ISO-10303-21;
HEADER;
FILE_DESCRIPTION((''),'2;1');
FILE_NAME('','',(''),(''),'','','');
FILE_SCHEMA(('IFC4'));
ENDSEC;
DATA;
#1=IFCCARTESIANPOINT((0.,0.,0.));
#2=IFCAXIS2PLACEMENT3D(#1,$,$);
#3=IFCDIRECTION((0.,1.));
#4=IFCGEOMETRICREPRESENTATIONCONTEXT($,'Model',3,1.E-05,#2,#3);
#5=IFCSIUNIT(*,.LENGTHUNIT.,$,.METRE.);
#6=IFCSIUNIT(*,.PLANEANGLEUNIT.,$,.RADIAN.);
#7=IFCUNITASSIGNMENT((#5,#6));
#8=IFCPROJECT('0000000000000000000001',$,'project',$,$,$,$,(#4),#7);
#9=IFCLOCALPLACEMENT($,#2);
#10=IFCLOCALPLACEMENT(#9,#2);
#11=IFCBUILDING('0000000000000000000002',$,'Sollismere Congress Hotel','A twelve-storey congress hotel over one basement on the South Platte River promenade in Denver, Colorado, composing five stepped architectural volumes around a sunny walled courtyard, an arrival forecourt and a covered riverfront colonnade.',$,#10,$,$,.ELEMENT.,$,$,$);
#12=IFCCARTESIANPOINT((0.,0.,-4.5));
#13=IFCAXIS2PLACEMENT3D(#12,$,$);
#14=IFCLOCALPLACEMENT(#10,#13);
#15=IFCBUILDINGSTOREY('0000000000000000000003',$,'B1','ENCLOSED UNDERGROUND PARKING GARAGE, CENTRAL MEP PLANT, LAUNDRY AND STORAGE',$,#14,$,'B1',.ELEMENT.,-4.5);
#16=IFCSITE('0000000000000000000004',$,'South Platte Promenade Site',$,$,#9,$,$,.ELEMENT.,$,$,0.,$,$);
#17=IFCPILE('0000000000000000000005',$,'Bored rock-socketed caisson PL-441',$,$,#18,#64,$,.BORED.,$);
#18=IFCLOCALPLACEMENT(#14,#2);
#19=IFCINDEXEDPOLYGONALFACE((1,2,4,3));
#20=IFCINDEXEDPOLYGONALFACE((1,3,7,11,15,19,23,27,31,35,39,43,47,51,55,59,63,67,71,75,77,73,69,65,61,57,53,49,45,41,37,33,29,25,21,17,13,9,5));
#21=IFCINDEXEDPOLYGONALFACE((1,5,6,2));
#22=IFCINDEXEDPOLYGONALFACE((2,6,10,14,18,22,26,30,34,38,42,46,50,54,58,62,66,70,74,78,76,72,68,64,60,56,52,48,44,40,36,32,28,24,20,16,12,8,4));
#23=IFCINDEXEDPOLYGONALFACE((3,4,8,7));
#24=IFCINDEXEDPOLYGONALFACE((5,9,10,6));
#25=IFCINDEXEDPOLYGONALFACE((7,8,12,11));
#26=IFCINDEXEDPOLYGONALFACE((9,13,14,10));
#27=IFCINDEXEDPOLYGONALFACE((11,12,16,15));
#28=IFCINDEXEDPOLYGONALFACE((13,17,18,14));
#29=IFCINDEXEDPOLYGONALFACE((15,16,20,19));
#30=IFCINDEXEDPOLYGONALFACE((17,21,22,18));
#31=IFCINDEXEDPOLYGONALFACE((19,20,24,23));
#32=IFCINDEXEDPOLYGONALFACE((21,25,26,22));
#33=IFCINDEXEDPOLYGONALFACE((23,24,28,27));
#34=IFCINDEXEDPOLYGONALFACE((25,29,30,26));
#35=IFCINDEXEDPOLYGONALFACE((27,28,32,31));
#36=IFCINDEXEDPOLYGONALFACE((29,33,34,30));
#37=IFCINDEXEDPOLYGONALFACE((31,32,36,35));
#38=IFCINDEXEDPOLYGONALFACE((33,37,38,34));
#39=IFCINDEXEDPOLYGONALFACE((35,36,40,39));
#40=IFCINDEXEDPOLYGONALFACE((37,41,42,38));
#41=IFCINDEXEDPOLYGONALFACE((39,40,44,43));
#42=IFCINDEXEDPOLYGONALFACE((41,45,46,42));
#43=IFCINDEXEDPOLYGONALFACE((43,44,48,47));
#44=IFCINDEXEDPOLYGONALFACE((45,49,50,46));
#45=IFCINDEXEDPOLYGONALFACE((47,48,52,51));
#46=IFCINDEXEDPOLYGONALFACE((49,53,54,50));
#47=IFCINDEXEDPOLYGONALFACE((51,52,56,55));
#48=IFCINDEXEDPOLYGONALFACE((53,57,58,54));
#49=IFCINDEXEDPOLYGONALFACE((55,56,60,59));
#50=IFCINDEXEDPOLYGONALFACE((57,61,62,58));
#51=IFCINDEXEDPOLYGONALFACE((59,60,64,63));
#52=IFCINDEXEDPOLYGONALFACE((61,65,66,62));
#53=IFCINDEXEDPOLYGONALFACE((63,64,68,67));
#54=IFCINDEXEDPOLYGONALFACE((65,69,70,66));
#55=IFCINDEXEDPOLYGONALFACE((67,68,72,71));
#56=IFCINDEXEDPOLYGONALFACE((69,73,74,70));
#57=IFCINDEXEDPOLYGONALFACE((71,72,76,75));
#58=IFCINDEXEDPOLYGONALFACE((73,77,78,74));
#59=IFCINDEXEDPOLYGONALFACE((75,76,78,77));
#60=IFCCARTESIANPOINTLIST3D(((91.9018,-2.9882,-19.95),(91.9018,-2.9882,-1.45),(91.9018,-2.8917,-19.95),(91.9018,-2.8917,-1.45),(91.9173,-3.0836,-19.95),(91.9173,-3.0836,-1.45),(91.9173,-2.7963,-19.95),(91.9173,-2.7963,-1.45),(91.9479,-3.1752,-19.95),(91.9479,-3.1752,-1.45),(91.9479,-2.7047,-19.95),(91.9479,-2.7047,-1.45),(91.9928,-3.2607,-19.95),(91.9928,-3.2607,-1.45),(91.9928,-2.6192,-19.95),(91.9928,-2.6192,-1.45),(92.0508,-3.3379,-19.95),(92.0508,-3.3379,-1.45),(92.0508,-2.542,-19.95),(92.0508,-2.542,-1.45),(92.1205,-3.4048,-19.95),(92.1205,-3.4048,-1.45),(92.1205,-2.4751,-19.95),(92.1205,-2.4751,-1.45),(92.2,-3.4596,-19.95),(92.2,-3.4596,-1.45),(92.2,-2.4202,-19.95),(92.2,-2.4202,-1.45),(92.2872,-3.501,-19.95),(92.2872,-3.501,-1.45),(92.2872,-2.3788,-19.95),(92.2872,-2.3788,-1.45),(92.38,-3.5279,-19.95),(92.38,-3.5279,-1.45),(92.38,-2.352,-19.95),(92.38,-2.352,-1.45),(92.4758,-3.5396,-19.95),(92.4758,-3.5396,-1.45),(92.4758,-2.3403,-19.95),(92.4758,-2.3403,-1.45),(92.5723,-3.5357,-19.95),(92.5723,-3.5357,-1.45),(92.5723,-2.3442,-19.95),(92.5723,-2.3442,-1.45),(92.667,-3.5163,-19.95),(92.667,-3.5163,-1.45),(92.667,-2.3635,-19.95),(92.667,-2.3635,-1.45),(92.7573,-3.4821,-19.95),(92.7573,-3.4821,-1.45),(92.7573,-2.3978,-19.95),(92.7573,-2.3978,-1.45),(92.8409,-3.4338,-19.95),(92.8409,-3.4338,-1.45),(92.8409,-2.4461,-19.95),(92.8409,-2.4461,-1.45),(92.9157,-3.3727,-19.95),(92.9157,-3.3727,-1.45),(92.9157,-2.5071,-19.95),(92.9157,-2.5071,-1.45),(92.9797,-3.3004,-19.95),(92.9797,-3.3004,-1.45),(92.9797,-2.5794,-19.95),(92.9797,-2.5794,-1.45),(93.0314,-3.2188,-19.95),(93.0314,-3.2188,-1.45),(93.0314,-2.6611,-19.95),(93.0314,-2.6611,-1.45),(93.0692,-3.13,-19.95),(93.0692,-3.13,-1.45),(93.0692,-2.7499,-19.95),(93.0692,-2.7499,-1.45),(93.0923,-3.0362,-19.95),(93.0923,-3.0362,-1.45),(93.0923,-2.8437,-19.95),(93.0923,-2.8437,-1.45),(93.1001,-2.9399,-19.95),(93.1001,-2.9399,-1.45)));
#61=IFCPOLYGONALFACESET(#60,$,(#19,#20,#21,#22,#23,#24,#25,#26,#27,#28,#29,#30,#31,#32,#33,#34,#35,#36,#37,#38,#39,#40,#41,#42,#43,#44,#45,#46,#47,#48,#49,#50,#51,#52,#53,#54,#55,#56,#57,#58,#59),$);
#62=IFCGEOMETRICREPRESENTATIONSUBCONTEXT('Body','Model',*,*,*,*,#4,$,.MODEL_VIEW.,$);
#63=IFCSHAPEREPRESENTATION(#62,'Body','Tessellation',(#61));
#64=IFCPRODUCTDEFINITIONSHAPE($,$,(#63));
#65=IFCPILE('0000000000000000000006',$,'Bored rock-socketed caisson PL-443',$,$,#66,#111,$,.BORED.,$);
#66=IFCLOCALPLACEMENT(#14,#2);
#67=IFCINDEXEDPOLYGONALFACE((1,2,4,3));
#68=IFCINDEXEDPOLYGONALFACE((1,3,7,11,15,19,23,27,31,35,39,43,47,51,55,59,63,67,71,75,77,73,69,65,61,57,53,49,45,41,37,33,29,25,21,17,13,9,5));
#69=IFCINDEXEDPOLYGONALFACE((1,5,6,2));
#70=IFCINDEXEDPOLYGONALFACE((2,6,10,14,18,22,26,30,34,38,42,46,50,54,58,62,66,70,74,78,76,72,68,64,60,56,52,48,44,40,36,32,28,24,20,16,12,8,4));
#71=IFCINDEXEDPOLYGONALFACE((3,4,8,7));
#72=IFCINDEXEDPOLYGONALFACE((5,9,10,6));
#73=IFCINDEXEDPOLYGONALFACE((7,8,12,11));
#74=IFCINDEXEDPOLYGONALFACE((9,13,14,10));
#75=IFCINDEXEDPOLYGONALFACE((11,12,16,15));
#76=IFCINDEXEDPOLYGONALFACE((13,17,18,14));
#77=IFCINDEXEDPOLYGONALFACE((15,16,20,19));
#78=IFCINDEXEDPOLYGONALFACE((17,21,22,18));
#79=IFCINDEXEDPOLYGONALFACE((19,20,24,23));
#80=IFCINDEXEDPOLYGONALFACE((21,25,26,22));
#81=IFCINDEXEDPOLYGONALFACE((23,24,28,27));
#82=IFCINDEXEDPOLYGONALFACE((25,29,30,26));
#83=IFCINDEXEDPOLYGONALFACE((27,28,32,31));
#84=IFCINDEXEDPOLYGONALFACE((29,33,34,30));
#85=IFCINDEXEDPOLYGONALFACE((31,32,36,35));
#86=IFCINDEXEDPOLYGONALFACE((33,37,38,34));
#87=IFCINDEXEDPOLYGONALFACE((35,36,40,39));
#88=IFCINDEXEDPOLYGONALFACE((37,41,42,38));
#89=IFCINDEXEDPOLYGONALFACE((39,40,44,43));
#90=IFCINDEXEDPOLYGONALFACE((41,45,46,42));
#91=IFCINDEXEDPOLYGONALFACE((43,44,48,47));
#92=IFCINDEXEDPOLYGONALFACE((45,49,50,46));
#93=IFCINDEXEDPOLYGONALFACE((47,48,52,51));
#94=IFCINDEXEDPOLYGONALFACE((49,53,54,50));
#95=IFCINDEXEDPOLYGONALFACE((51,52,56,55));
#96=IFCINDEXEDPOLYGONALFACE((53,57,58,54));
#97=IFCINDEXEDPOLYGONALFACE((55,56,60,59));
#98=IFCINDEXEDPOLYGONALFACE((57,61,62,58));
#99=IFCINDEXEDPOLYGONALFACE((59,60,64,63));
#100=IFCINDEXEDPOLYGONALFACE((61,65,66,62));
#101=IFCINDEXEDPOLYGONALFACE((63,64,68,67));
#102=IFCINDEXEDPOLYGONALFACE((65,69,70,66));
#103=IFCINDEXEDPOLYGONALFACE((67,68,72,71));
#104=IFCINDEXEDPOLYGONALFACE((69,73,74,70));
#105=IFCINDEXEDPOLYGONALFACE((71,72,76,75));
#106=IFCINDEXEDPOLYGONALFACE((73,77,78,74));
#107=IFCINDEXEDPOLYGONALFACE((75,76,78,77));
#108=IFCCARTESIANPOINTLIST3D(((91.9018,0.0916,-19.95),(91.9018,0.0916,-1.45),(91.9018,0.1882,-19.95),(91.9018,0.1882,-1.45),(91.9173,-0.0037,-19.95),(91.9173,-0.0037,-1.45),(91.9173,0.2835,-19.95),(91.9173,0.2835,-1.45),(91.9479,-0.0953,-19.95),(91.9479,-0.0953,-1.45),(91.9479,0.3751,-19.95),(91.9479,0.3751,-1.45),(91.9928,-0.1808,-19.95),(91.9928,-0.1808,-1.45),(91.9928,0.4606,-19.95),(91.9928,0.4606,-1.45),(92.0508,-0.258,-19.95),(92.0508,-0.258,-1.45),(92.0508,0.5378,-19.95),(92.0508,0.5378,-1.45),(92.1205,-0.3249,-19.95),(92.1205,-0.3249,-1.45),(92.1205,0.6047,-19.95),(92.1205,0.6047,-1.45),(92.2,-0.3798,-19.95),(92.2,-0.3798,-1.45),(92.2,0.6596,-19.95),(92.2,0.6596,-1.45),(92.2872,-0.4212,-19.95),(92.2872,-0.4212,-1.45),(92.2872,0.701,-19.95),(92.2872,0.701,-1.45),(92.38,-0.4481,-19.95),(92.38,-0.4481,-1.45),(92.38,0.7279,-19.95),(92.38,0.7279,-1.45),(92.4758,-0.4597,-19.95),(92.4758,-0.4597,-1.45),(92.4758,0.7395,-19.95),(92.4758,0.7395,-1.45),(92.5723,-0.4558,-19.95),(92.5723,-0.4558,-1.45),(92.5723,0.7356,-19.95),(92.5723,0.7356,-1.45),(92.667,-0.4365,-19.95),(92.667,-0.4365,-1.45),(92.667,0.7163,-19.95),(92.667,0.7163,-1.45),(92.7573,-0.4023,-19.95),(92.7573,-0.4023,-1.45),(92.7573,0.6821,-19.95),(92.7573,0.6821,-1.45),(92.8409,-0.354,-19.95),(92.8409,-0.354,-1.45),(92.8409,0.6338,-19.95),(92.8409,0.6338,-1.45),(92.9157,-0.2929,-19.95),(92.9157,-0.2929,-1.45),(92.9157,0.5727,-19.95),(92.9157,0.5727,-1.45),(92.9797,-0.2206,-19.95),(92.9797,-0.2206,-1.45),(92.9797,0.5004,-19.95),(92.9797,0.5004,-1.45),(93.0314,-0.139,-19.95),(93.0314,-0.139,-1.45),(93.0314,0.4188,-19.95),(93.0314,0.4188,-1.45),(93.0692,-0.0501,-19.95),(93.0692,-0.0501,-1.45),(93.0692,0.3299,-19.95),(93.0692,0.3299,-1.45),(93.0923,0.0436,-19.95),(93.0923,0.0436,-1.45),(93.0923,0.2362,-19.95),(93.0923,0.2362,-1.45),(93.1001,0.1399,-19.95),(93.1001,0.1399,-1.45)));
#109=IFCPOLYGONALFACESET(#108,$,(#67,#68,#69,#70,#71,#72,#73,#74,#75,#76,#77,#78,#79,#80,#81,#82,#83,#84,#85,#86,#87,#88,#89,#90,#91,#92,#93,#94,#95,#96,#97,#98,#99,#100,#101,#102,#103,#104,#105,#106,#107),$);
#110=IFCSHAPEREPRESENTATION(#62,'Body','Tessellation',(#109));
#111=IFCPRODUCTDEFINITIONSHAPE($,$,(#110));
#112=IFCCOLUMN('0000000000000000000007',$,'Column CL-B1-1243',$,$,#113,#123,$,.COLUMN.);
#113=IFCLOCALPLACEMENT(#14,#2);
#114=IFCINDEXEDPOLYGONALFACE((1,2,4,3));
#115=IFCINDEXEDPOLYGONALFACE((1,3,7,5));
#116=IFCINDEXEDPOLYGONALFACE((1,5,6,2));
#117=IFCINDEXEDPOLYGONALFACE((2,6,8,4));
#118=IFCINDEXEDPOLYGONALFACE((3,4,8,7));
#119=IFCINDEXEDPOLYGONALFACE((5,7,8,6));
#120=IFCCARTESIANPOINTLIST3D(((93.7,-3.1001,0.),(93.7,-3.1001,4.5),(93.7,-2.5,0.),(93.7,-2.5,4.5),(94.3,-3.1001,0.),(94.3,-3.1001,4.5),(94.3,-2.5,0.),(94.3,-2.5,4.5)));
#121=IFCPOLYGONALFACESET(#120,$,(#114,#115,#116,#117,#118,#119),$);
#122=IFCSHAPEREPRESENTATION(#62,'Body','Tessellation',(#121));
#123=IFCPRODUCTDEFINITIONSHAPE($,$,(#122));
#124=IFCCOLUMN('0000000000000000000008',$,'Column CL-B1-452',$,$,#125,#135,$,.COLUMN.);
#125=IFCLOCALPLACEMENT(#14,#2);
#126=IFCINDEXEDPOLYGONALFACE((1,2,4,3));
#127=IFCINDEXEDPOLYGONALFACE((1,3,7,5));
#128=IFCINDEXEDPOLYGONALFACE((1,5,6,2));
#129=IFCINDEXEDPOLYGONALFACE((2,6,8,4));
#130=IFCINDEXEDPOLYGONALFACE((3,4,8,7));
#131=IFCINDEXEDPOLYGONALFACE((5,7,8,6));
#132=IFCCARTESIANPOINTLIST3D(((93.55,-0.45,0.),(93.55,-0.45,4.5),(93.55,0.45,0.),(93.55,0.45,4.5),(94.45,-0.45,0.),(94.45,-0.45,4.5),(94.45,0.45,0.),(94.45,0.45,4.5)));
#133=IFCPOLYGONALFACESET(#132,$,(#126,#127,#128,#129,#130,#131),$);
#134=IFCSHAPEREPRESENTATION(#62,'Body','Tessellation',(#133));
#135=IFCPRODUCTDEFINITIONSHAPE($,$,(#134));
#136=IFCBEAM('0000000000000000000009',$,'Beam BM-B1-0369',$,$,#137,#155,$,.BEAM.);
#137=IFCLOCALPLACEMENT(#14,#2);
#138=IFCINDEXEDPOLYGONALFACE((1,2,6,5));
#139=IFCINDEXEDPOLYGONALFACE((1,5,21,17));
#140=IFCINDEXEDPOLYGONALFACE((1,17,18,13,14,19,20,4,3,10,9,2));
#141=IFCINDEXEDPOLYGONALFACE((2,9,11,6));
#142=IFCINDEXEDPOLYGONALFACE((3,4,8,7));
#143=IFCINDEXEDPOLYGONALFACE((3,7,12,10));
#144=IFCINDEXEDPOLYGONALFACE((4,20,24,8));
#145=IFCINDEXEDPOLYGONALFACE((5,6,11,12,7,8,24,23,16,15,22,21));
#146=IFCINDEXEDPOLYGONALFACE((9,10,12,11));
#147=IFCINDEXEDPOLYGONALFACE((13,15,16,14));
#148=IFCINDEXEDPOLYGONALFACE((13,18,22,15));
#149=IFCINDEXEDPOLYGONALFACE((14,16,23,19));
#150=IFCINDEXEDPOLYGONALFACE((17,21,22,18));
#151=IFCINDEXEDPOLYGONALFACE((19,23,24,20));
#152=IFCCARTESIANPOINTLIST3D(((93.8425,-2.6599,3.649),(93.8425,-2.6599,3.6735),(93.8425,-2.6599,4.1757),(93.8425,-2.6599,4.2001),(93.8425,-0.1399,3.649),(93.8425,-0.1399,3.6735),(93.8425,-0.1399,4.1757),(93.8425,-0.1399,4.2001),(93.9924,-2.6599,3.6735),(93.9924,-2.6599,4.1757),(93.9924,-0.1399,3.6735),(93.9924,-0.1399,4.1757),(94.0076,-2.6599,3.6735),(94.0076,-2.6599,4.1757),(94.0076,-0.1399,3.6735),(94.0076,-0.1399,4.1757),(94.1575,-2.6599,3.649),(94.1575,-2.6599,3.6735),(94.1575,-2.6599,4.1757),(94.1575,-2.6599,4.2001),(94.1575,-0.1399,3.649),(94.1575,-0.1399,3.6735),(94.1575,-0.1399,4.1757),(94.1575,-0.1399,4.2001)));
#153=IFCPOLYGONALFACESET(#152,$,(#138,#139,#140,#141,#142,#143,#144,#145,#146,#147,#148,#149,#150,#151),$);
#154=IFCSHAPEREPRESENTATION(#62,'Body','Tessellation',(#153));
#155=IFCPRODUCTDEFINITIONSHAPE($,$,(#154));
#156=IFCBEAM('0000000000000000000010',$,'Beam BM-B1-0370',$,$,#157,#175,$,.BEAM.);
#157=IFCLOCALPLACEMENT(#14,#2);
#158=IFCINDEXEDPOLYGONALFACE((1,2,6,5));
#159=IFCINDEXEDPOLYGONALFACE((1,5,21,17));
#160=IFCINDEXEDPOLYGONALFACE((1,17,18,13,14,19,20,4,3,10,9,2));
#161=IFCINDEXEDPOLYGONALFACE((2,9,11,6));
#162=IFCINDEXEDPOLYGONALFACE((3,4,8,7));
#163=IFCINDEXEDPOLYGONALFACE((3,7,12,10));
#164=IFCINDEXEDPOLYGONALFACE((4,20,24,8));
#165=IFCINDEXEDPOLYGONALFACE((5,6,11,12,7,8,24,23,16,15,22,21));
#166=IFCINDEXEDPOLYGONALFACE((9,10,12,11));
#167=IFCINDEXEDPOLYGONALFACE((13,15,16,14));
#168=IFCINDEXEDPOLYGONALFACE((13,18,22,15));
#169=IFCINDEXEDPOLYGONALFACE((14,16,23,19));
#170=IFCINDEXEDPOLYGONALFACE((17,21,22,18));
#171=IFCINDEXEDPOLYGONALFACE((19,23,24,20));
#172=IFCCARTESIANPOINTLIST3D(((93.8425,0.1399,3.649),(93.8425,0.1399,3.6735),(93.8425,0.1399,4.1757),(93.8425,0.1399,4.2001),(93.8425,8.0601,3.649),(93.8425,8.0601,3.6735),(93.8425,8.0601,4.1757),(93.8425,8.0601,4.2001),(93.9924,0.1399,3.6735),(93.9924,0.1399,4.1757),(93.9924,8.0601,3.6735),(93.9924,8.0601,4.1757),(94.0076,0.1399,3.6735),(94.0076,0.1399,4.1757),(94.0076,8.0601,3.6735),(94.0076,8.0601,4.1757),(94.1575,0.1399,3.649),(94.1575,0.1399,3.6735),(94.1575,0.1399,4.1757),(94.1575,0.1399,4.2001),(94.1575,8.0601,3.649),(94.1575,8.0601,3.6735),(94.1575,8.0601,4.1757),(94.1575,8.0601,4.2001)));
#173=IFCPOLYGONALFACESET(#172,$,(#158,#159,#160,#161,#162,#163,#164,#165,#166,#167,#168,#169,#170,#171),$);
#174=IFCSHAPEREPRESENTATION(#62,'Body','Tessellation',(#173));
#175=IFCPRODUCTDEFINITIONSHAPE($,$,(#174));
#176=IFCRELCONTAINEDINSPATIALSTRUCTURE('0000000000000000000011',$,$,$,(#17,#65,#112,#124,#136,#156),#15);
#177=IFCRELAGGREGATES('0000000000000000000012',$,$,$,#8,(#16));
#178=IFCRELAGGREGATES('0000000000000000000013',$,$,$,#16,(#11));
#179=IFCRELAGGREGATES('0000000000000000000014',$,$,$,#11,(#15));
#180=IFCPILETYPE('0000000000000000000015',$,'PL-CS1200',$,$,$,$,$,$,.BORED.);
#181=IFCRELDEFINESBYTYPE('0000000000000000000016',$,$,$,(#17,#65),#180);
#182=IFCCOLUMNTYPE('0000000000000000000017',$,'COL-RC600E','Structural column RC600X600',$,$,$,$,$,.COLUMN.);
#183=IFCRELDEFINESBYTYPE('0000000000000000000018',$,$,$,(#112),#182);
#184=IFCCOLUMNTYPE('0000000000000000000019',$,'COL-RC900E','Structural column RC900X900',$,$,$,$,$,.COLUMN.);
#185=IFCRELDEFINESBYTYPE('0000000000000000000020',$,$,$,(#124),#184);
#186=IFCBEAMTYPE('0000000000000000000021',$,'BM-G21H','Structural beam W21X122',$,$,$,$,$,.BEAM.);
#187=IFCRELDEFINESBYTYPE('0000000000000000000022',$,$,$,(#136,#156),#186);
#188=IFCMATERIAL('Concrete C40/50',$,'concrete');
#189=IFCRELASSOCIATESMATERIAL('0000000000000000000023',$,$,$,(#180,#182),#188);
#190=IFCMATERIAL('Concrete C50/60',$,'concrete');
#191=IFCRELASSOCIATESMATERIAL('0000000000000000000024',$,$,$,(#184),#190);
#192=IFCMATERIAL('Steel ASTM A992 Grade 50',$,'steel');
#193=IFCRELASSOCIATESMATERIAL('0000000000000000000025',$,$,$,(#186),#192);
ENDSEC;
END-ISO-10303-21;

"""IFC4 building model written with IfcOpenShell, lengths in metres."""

from ifc_helpers import new_model, si_unit, direction, frame, origin, origin_2d, place, context, subcontext, project, spatial, rectangle, circle, i_section, extrude, material, material_profile, profile_set, type_object, element, save


model = new_model("IFC4")

# Units and contexts
model_context = context("Model", 3, precision=1e-05, world=origin(), true_north=direction((0.0, 1.0)))
body_context = subcontext(model_context, "Body", "Model", "MODEL_VIEW")
ifc_project = project(units=[si_unit("LENGTHUNIT", "METRE"), si_unit("PLANEANGLEUNIT", "RADIAN")], contexts=[model_context])

# Site, building, storey
site_placement = place(None, origin())
site = spatial("IfcSite", under=ifc_project, at=site_placement, Name="South Platte Promenade Site", CompositionType="ELEMENT", RefElevation=0.0)
building_placement = place(site_placement, origin())
building = spatial("IfcBuilding", under=site, at=building_placement, Name="Sollismere Congress Hotel", Description="A twelve-storey congress hotel over one basement on the South Platte River promenade in Denver, Colorado, composing five stepped architectural volumes around a sunny walled courtyard, an arrival forecourt and a covered riverfront colonnade.", CompositionType="ELEMENT")
storey_placement = place(building_placement, frame((0.0, 0.0, -4.5)))
storey = spatial("IfcBuildingStorey", under=building, at=storey_placement, Name="B1", Description="ENCLOSED UNDERGROUND PARKING GARAGE, CENTRAL MEP PLANT, LAUNDRY AND STORAGE", LongName="B1", CompositionType="ELEMENT", Elevation=-4.5)

# Shared definitions
ifc_material_1 = material(Name="Concrete C40/50", Category="concrete")

# Piles
ifc_material_profile_1 = material_profile(ifc_material_1, circle(Radius=0.6001, at=origin_2d()), Name="CAISSON1200")
ifc_profile_set_1 = profile_set([ifc_material_profile_1], Name="Concrete C40/50")
pile_type = type_object("IfcPileType", Name="PL-CS1200", PredefinedType="BORED", material=ifc_profile_set_1)
for number, where, z_axis, x_axis, name in (
    (1, (92.5, -2.9399, -1.45), (0.0, 0.0, -1.0), (1.0, 0.0, 0.0), "Bored rock-socketed caisson PL-441"),
    (2, (92.5, 0.1399, -1.45), (0.0, 0.0, -1.0), (1.0, 0.0, 0.0), "Bored rock-socketed caisson PL-443"),
):
    element("IfcPile", number, at=place(storey_placement, frame(where, z_axis=z_axis, x_axis=x_axis)), inside=storey, type_object=pile_type, Name=name, PredefinedType="BORED", context=body_context, shape_type="SweptSolid", body=[
        extrude(circle(Radius=0.6001, at=origin_2d()), origin(), (0.0, 0.0, 1.0), 18.5),
    ])

# Columns
ifc_material_profile_2 = material_profile(ifc_material_1, rectangle(XDim=0.6001, YDim=0.6001, at=origin_2d()), Name="RC600X600")
ifc_profile_set_2 = profile_set([ifc_material_profile_2], Name="Concrete C40/50")
column_type_1 = type_object("IfcColumnType", Name="COL-RC600E", Description="Structural column RC600X600", PredefinedType="COLUMN", material=ifc_profile_set_2)
column_1_placement = place(storey_placement, frame((94.0, -2.8, 0.0), z_axis=(0.0, 0.0, 1.0), x_axis=(1.0, 0.0, 0.0)))
element("IfcColumn", 3, at=column_1_placement, inside=storey, type_object=column_type_1, Name="Column CL-B1-1243", PredefinedType="COLUMN", context=body_context, shape_type="SweptSolid", body=[
    extrude(rectangle(XDim=0.6001, YDim=0.6001, at=origin_2d()), origin(), (0.0, 0.0, 1.0), 4.5),
])
ifc_material_2 = material(Name="Concrete C50/60", Category="concrete")
ifc_material_profile_3 = material_profile(ifc_material_2, rectangle(XDim=0.8999, YDim=0.8999, at=origin_2d()), Name="RC900X900")
ifc_profile_set_3 = profile_set([ifc_material_profile_3], Name="Concrete C50/60")
column_type_2 = type_object("IfcColumnType", Name="COL-RC900E", Description="Structural column RC900X900", PredefinedType="COLUMN", material=ifc_profile_set_3)
column_2_placement = place(storey_placement, frame((94.0, 0.0, 0.0), z_axis=(0.0, 0.0, 1.0), x_axis=(0.0, 1.0, 0.0)))
element("IfcColumn", 4, at=column_2_placement, inside=storey, type_object=column_type_2, Name="Column CL-B1-452", PredefinedType="COLUMN", context=body_context, shape_type="SweptSolid", body=[
    extrude(rectangle(XDim=0.8999, YDim=0.8999, at=origin_2d()), origin(), (0.0, 0.0, 1.0), 4.5),
])

# Beams
ifc_material_3 = material(Name="Steel ASTM A992 Grade 50", Category="steel")
ifc_material_profile_4 = material_profile(ifc_material_3, i_section(OverallWidth=0.3149, OverallDepth=0.551, WebThickness=0.0151, FlangeThickness=0.0244, at=origin_2d()), Name="W21X122")
ifc_profile_set_4 = profile_set([ifc_material_profile_4], Name="Steel ASTM A992 Grade 50")
beam_type_1 = type_object("IfcBeamType", Name="BM-G21H", Description="Structural beam W21X122", PredefinedType="BEAM", material=ifc_profile_set_4)
beam_1_placement = place(storey_placement, frame((94.0, -2.6599, 3.9246), z_axis=(0.0, 1.0, 0.0), x_axis=(-1.0, 0.0, 0.0)))
element("IfcBeam", 5, at=beam_1_placement, inside=storey, type_object=beam_type_1, Name="Beam BM-B1-0369", PredefinedType="BEAM", context=body_context, shape_type="SweptSolid", body=[
    extrude(i_section(OverallWidth=0.3149, OverallDepth=0.551, WebThickness=0.0151, FlangeThickness=0.0244, at=origin_2d()), origin(), (0.0, 0.0, 1.0), 2.52),
])
beam_2_placement = place(storey_placement, frame((94.0, 0.1399, 3.9246), z_axis=(0.0, 1.0, 0.0), x_axis=(-1.0, 0.0, 0.0)))
element("IfcBeam", 6, at=beam_2_placement, inside=storey, type_object=beam_type_1, Name="Beam BM-B1-0370", PredefinedType="BEAM", context=body_context, shape_type="SweptSolid", body=[
    extrude(i_section(OverallWidth=0.3149, OverallDepth=0.551, WebThickness=0.0151, FlangeThickness=0.0244, at=origin_2d()), origin(), (0.0, 0.0, 1.0), 7.9202),
])

save(model, "model.ifc")
